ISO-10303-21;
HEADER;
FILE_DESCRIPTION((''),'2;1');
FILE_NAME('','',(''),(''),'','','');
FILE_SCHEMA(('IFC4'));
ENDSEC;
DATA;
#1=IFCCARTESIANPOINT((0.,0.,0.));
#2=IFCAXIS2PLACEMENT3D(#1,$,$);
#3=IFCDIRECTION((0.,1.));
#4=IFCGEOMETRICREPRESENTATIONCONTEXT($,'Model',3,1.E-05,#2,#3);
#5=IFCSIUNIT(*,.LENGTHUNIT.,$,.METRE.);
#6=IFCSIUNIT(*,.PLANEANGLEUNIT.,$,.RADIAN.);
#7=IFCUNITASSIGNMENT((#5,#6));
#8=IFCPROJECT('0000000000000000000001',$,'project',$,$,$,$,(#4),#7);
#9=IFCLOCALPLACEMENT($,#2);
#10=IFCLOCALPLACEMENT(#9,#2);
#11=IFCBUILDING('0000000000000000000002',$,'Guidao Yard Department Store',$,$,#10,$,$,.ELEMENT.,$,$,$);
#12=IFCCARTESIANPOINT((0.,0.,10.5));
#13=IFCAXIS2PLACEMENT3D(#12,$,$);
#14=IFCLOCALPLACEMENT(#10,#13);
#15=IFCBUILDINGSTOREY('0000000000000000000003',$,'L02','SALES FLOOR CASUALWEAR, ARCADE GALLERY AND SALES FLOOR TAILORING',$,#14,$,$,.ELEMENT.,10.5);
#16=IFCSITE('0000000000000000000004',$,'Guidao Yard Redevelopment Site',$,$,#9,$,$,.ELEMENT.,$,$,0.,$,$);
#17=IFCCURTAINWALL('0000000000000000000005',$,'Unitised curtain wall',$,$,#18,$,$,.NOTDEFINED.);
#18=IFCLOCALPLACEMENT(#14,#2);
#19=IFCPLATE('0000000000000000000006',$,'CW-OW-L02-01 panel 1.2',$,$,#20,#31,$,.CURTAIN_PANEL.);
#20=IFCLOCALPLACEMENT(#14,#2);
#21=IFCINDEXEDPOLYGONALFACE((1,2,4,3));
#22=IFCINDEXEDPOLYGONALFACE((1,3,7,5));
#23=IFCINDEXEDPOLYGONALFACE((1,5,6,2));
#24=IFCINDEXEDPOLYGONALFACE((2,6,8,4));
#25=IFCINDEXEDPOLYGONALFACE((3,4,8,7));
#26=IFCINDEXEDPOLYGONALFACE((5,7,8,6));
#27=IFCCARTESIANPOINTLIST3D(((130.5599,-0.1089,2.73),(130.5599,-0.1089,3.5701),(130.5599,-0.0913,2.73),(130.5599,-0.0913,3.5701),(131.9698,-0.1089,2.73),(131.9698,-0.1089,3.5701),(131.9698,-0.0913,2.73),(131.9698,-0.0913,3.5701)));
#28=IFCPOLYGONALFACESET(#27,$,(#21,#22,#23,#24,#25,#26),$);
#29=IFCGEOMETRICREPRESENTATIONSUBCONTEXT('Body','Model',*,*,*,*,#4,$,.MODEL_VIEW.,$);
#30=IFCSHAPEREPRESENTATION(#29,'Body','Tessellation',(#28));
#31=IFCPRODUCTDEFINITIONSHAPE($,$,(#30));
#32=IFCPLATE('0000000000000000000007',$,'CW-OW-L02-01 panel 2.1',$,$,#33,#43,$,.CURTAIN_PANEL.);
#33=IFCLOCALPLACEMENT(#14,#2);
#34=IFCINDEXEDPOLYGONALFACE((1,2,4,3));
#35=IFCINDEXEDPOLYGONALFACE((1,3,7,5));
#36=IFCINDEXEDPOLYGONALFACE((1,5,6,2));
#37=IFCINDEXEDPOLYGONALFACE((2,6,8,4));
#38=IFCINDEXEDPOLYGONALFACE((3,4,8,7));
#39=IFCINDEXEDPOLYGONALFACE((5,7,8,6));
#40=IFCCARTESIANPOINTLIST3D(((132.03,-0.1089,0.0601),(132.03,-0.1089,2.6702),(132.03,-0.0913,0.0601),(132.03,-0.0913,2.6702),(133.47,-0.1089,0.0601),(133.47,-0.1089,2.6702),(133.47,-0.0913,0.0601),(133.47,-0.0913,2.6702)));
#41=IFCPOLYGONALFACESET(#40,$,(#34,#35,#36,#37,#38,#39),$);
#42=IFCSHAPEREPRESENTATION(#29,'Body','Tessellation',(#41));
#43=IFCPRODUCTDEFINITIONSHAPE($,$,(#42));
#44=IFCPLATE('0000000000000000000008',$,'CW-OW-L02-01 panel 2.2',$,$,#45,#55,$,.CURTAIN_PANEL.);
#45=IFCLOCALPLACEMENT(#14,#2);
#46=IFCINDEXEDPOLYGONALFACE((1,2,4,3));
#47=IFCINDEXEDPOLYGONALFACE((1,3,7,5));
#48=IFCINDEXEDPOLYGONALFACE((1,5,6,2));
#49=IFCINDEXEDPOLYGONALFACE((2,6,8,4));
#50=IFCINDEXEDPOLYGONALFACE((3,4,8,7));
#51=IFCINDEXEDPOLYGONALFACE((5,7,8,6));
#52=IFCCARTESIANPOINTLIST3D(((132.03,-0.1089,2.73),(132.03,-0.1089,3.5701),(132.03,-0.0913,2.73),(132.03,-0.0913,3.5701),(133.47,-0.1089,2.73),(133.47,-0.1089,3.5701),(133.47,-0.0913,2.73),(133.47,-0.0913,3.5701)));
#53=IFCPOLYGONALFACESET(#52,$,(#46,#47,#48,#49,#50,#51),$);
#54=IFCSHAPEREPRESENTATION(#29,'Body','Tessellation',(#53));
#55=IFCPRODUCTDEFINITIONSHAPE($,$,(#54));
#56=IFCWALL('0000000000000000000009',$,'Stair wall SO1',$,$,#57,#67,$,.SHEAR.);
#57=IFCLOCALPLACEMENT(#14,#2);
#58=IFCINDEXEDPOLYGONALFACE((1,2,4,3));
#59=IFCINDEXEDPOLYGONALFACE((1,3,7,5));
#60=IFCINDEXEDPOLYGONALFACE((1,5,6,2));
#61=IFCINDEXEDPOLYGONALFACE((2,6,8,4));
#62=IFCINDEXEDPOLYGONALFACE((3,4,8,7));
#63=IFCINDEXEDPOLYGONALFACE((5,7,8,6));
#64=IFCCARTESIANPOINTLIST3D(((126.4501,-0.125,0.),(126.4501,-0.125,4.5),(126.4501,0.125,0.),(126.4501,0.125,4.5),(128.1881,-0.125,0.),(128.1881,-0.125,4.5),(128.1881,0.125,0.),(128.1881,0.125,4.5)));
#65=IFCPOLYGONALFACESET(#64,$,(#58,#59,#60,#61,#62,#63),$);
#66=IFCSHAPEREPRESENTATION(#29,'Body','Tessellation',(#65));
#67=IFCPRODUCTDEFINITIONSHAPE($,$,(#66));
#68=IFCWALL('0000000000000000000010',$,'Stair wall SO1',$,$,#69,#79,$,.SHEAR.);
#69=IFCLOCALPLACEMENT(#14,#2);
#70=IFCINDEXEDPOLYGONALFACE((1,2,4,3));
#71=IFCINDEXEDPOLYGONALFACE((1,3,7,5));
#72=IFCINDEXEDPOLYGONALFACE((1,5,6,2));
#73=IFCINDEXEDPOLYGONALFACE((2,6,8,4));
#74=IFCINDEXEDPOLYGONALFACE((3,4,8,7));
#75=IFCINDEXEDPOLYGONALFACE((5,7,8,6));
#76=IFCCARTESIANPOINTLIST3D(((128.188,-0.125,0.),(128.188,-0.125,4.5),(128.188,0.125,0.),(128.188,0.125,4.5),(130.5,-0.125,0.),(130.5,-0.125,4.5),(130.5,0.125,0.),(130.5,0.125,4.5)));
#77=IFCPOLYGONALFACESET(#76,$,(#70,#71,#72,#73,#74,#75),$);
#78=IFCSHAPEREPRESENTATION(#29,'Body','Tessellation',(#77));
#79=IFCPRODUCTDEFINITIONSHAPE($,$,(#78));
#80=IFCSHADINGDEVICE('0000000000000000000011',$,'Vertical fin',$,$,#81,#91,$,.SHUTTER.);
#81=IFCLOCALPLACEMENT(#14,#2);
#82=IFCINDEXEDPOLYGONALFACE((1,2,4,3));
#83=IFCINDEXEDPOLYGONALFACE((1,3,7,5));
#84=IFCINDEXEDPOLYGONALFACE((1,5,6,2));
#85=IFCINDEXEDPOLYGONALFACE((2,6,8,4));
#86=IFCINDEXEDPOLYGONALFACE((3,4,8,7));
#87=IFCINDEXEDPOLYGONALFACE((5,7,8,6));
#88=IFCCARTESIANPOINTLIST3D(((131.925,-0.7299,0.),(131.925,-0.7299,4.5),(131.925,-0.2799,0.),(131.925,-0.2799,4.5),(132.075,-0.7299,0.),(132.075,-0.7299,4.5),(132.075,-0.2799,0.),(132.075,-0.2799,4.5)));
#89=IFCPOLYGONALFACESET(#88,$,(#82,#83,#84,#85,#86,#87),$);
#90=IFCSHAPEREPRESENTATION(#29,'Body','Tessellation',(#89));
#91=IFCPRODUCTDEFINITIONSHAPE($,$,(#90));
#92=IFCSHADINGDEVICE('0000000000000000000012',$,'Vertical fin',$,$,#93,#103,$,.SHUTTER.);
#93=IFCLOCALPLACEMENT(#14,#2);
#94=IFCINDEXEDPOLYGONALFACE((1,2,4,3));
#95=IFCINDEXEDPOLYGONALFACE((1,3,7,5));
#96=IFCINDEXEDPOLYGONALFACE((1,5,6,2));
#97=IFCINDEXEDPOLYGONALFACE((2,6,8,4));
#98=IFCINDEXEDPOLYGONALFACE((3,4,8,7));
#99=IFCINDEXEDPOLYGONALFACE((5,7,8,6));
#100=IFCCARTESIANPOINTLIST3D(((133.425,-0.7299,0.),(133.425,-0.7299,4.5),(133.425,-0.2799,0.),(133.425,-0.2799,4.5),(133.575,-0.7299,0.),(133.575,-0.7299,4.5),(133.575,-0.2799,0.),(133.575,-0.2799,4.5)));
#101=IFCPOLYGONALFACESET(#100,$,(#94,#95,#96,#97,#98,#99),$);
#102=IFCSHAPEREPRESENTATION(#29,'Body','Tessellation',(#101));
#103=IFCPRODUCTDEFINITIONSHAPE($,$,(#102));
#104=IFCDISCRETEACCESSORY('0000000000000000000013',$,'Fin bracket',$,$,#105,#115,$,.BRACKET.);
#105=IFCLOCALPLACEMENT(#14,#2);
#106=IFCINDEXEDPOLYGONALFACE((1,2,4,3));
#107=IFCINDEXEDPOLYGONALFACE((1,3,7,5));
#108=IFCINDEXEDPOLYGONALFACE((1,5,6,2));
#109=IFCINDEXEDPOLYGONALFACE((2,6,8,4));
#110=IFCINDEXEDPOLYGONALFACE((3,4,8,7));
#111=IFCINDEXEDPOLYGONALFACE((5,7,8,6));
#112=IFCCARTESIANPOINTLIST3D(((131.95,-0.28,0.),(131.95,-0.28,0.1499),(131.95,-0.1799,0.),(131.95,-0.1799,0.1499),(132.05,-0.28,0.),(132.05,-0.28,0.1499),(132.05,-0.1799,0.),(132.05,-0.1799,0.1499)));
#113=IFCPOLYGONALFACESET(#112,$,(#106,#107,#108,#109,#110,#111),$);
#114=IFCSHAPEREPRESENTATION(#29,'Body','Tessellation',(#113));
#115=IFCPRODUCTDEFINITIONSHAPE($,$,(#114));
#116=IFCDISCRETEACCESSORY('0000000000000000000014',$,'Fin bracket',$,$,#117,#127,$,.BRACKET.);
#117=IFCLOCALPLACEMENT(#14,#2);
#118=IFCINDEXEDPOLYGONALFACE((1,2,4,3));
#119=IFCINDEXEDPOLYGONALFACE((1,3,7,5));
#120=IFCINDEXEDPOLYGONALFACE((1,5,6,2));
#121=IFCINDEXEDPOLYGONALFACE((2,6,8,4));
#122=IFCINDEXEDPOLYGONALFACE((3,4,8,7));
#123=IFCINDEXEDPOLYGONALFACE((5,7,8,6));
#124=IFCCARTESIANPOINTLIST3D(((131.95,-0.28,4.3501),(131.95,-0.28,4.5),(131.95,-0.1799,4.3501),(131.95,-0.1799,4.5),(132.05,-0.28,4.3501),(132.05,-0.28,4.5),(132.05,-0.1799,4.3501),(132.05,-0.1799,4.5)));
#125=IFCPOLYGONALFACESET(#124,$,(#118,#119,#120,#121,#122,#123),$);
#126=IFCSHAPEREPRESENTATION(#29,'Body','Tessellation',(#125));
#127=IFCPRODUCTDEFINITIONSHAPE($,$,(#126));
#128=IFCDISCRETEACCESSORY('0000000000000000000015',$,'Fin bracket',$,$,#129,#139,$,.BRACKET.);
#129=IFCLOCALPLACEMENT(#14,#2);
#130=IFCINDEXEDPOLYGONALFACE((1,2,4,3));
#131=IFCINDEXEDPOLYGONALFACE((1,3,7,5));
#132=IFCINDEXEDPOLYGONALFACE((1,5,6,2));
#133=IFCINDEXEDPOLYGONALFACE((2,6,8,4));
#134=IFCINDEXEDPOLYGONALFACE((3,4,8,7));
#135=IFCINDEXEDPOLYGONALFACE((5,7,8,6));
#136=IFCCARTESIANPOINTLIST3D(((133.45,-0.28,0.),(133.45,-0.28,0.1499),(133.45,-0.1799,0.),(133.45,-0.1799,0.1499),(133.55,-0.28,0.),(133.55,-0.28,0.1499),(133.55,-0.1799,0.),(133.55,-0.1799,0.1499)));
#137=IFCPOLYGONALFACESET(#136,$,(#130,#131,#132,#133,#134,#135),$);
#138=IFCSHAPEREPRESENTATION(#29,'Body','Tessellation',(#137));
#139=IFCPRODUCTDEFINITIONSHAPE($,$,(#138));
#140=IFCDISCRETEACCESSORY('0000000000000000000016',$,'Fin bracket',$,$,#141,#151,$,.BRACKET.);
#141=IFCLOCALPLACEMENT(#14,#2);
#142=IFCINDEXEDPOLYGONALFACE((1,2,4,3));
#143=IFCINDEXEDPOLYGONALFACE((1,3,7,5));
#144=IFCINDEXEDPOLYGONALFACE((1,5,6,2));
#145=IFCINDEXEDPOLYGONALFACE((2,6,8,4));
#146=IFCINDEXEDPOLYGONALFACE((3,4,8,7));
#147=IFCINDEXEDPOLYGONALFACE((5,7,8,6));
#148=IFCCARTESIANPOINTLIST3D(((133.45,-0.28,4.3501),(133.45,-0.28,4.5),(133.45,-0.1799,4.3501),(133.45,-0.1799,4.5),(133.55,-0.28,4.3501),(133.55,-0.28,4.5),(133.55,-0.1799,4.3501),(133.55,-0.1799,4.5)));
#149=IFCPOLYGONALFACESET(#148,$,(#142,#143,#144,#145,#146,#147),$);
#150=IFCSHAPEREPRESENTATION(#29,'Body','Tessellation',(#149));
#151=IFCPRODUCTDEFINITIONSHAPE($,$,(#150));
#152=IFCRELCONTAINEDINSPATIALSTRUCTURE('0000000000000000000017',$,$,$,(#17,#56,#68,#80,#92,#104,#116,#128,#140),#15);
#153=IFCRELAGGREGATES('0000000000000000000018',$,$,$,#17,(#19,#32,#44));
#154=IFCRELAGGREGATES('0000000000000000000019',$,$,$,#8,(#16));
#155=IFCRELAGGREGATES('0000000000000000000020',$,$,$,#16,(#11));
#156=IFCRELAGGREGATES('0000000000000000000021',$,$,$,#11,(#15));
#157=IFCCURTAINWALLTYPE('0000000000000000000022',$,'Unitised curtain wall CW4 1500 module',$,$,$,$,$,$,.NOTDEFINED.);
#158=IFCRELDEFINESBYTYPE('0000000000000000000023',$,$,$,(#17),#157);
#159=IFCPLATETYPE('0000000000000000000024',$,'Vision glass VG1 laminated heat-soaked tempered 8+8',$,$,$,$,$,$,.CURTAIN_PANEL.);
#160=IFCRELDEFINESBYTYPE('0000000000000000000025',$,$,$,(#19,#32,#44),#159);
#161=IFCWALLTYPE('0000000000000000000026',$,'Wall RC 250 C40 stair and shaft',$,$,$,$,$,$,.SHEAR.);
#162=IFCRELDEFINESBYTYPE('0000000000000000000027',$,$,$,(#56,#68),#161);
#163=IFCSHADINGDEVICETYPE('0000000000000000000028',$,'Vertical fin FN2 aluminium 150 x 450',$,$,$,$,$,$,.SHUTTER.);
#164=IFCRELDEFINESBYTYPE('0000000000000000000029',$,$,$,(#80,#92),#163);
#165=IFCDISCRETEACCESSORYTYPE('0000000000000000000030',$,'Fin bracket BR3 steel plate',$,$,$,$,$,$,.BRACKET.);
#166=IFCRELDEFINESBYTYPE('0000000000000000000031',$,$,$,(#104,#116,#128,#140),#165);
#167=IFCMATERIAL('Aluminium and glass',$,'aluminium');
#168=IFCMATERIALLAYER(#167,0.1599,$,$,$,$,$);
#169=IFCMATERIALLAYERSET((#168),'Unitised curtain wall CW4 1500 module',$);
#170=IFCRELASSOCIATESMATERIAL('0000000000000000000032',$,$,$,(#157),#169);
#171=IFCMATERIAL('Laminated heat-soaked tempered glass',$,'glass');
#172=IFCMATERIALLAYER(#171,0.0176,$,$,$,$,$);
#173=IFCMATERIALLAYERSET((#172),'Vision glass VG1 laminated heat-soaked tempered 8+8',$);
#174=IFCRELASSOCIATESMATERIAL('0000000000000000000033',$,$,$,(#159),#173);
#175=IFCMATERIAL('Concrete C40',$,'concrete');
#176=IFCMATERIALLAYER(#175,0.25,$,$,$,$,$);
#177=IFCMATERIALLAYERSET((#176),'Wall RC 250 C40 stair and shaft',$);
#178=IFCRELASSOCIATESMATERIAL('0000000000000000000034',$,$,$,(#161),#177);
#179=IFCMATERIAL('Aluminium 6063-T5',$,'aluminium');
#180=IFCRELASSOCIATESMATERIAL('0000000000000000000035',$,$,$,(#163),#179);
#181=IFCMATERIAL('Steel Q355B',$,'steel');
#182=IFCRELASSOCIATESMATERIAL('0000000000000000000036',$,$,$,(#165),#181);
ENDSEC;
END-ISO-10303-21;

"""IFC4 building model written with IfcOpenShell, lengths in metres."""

from ifc_helpers import new_model, si_unit, direction, frame, frame_2d, origin, origin_2d, place, context, subcontext, project, spatial, rectangle, extrude, material, layer, layer_set, type_object, element, aggregate, save


model = new_model("IFC4")

# Units and contexts
model_context = context("Model", 3, precision=1e-05, world=origin(), true_north=direction((0.0, 1.0)))
body_context = subcontext(model_context, "Body", "Model", "MODEL_VIEW")
ifc_project = project(units=[si_unit("LENGTHUNIT", "METRE"), si_unit("PLANEANGLEUNIT", "RADIAN")], contexts=[model_context])

# Site, building, storey
site_placement = place(None, origin())
site = spatial("IfcSite", under=ifc_project, at=site_placement, Name="Guidao Yard Redevelopment Site", CompositionType="ELEMENT", RefElevation=0.0)
building_placement = place(site_placement, origin())
building = spatial("IfcBuilding", under=site, at=building_placement, Name="Guidao Yard Department Store", CompositionType="ELEMENT")
storey_placement = place(building_placement, frame((0.0, 0.0, 10.5)))
storey = spatial("IfcBuildingStorey", under=building, at=storey_placement, Name="L02", Description="SALES FLOOR CASUALWEAR, ARCADE GALLERY AND SALES FLOOR TAILORING", CompositionType="ELEMENT", Elevation=10.5)

# Curtain wall, plates
ifc_material_1 = material(Name="Aluminium and glass", Category="aluminium")
ifc_layer_1 = layer(ifc_material_1, 0.1599)
ifc_layer_set_1 = layer_set([ifc_layer_1], Name="Unitised curtain wall CW4 1500 module")
curtain_wall_type = type_object("IfcCurtainWallType", Name="Unitised curtain wall CW4 1500 module", PredefinedType="NOTDEFINED", material=ifc_layer_set_1)
curtain_wall_placement = place(storey_placement, origin())
curtain_wall = element("IfcCurtainWall", 1, at=curtain_wall_placement, inside=storey, type_object=curtain_wall_type, Name="Unitised curtain wall", PredefinedType="NOTDEFINED")
ifc_material_2 = material(Name="Laminated heat-soaked tempered glass", Category="glass")
ifc_layer_2 = layer(ifc_material_2, 0.0176)
ifc_layer_set_2 = layer_set([ifc_layer_2], Name="Vision glass VG1 laminated heat-soaked tempered 8+8")
plate_type_1 = type_object("IfcPlateType", Name="Vision glass VG1 laminated heat-soaked tempered 8+8", PredefinedType="CURTAIN_PANEL", material=ifc_layer_set_2)
plate_1_placement = place(storey_placement, frame((131.2649, -0.1001, 2.73), z_axis=(0.0, 0.0, 1.0), x_axis=(-1.0, 0.0, 0.0)))
plate_1 = element("IfcPlate", 2, at=plate_1_placement, type_object=plate_type_1, Name="CW-OW-L02-01 panel 1.2", PredefinedType="CURTAIN_PANEL", context=body_context, shape_type="SweptSolid", body=[
    extrude(rectangle(XDim=1.4099, YDim=0.0176, at=origin_2d()), origin(), (0.0, 0.0, 1.0), 0.8401),
])
plate_2_placement = place(storey_placement, frame((132.75, -0.1001, 0.0601), z_axis=(0.0, 0.0, 1.0), x_axis=(-1.0, 0.0, 0.0)))
plate_2 = element("IfcPlate", 3, at=plate_2_placement, type_object=plate_type_1, Name="CW-OW-L02-01 panel 2.1", PredefinedType="CURTAIN_PANEL", context=body_context, shape_type="SweptSolid", body=[
    extrude(rectangle(XDim=1.4399, YDim=0.0176, at=origin_2d()), origin(), (0.0, 0.0, 1.0), 2.6101),
])
plate_3_placement = place(storey_placement, frame((132.75, -0.1001, 2.73), z_axis=(0.0, 0.0, 1.0), x_axis=(-1.0, 0.0, 0.0)))
plate_3 = element("IfcPlate", 4, at=plate_3_placement, type_object=plate_type_1, Name="CW-OW-L02-01 panel 2.2", PredefinedType="CURTAIN_PANEL", context=body_context, shape_type="SweptSolid", body=[
    extrude(rectangle(XDim=1.4399, YDim=0.0176, at=origin_2d()), origin(), (0.0, 0.0, 1.0), 0.8401),
])
aggregate(curtain_wall, [plate_1, plate_2, plate_3])

# Walls
ifc_material_3 = material(Name="Concrete C40", Category="concrete")
ifc_layer_3 = layer(ifc_material_3, 0.25)
ifc_layer_set_3 = layer_set([ifc_layer_3], Name="Wall RC 250 C40 stair and shaft")
wall_type = type_object("IfcWallType", Name="Wall RC 250 C40 stair and shaft", PredefinedType="SHEAR", material=ifc_layer_set_3)
wall_1_placement = place(storey_placement, frame((126.45, 0.0, 0.0), z_axis=(0.0, 0.0, 1.0), x_axis=(1.0, 0.0, 0.0)))
element("IfcWall", 5, at=wall_1_placement, inside=storey, type_object=wall_type, Name="Stair wall SO1", PredefinedType="SHEAR", context=body_context, shape_type="SweptSolid", body=[
    extrude(rectangle(XDim=1.738, YDim=0.25, at=frame_2d((0.8691, 0.0))), origin(), (0.0, 0.0, 1.0), 4.5),
])
wall_2_placement = place(storey_placement, frame((128.188, 0.0, 0.0), z_axis=(0.0, 0.0, 1.0), x_axis=(1.0, 0.0, 0.0)))
element("IfcWall", 6, at=wall_2_placement, inside=storey, type_object=wall_type, Name="Stair wall SO1", PredefinedType="SHEAR", context=body_context, shape_type="SweptSolid", body=[
    extrude(rectangle(XDim=2.312, YDim=0.25, at=frame_2d((1.156, 0.0))), origin(), (0.0, 0.0, 1.0), 4.5),
])

# Shading devices
ifc_material_4 = material(Name="Aluminium 6063-T5", Category="aluminium")
shading_device_type = type_object("IfcShadingDeviceType", Name="Vertical fin FN2 aluminium 150 x 450", PredefinedType="SHUTTER", material=ifc_material_4)
for number, where, z_axis, x_axis, name in (
    (7, (132.0, -0.5049, 0.0), (0.0, 0.0, 1.0), (-1.0, 0.0, 0.0), "Vertical fin"),
    (8, (133.5, -0.5049, 0.0), (0.0, 0.0, 1.0), (-1.0, 0.0, 0.0), "Vertical fin"),
):
    element("IfcShadingDevice", number, at=place(storey_placement, frame(where, z_axis=z_axis, x_axis=x_axis)), inside=storey, type_object=shading_device_type, Name=name, PredefinedType="SHUTTER", context=body_context, shape_type="SweptSolid", body=[
        extrude(rectangle(XDim=0.1499, YDim=0.45, at=origin_2d()), origin(), (0.0, 0.0, 1.0), 4.5),
    ])

# Discrete accessories
ifc_material_5 = material(Name="Steel Q355B", Category="steel")
discrete_accessory_type = type_object("IfcDiscreteAccessoryType", Name="Fin bracket BR3 steel plate", PredefinedType="BRACKET", material=ifc_material_5)
for number, where, z_axis, x_axis, name in (
    (9, (132.0, -0.23, 0.0), (0.0, 0.0, 1.0), (-1.0, 0.0, 0.0), "Fin bracket"),
    (10, (132.0, -0.23, 4.3501), (0.0, 0.0, 1.0), (-1.0, 0.0, 0.0), "Fin bracket"),
    (11, (133.5, -0.23, 0.0), (0.0, 0.0, 1.0), (-1.0, 0.0, 0.0), "Fin bracket"),
    (12, (133.5, -0.23, 4.3501), (0.0, 0.0, 1.0), (-1.0, 0.0, 0.0), "Fin bracket"),
):
    element("IfcDiscreteAccessory", number, at=place(storey_placement, frame(where, z_axis=z_axis, x_axis=x_axis)), inside=storey, type_object=discrete_accessory_type, Name=name, PredefinedType="BRACKET", context=body_context, shape_type="SweptSolid", body=[
        extrude(rectangle(XDim=0.1001, YDim=0.1001, at=origin_2d()), origin(), (0.0, 0.0, 1.0), 0.1499),
    ])

save(model, "model.ifc")
